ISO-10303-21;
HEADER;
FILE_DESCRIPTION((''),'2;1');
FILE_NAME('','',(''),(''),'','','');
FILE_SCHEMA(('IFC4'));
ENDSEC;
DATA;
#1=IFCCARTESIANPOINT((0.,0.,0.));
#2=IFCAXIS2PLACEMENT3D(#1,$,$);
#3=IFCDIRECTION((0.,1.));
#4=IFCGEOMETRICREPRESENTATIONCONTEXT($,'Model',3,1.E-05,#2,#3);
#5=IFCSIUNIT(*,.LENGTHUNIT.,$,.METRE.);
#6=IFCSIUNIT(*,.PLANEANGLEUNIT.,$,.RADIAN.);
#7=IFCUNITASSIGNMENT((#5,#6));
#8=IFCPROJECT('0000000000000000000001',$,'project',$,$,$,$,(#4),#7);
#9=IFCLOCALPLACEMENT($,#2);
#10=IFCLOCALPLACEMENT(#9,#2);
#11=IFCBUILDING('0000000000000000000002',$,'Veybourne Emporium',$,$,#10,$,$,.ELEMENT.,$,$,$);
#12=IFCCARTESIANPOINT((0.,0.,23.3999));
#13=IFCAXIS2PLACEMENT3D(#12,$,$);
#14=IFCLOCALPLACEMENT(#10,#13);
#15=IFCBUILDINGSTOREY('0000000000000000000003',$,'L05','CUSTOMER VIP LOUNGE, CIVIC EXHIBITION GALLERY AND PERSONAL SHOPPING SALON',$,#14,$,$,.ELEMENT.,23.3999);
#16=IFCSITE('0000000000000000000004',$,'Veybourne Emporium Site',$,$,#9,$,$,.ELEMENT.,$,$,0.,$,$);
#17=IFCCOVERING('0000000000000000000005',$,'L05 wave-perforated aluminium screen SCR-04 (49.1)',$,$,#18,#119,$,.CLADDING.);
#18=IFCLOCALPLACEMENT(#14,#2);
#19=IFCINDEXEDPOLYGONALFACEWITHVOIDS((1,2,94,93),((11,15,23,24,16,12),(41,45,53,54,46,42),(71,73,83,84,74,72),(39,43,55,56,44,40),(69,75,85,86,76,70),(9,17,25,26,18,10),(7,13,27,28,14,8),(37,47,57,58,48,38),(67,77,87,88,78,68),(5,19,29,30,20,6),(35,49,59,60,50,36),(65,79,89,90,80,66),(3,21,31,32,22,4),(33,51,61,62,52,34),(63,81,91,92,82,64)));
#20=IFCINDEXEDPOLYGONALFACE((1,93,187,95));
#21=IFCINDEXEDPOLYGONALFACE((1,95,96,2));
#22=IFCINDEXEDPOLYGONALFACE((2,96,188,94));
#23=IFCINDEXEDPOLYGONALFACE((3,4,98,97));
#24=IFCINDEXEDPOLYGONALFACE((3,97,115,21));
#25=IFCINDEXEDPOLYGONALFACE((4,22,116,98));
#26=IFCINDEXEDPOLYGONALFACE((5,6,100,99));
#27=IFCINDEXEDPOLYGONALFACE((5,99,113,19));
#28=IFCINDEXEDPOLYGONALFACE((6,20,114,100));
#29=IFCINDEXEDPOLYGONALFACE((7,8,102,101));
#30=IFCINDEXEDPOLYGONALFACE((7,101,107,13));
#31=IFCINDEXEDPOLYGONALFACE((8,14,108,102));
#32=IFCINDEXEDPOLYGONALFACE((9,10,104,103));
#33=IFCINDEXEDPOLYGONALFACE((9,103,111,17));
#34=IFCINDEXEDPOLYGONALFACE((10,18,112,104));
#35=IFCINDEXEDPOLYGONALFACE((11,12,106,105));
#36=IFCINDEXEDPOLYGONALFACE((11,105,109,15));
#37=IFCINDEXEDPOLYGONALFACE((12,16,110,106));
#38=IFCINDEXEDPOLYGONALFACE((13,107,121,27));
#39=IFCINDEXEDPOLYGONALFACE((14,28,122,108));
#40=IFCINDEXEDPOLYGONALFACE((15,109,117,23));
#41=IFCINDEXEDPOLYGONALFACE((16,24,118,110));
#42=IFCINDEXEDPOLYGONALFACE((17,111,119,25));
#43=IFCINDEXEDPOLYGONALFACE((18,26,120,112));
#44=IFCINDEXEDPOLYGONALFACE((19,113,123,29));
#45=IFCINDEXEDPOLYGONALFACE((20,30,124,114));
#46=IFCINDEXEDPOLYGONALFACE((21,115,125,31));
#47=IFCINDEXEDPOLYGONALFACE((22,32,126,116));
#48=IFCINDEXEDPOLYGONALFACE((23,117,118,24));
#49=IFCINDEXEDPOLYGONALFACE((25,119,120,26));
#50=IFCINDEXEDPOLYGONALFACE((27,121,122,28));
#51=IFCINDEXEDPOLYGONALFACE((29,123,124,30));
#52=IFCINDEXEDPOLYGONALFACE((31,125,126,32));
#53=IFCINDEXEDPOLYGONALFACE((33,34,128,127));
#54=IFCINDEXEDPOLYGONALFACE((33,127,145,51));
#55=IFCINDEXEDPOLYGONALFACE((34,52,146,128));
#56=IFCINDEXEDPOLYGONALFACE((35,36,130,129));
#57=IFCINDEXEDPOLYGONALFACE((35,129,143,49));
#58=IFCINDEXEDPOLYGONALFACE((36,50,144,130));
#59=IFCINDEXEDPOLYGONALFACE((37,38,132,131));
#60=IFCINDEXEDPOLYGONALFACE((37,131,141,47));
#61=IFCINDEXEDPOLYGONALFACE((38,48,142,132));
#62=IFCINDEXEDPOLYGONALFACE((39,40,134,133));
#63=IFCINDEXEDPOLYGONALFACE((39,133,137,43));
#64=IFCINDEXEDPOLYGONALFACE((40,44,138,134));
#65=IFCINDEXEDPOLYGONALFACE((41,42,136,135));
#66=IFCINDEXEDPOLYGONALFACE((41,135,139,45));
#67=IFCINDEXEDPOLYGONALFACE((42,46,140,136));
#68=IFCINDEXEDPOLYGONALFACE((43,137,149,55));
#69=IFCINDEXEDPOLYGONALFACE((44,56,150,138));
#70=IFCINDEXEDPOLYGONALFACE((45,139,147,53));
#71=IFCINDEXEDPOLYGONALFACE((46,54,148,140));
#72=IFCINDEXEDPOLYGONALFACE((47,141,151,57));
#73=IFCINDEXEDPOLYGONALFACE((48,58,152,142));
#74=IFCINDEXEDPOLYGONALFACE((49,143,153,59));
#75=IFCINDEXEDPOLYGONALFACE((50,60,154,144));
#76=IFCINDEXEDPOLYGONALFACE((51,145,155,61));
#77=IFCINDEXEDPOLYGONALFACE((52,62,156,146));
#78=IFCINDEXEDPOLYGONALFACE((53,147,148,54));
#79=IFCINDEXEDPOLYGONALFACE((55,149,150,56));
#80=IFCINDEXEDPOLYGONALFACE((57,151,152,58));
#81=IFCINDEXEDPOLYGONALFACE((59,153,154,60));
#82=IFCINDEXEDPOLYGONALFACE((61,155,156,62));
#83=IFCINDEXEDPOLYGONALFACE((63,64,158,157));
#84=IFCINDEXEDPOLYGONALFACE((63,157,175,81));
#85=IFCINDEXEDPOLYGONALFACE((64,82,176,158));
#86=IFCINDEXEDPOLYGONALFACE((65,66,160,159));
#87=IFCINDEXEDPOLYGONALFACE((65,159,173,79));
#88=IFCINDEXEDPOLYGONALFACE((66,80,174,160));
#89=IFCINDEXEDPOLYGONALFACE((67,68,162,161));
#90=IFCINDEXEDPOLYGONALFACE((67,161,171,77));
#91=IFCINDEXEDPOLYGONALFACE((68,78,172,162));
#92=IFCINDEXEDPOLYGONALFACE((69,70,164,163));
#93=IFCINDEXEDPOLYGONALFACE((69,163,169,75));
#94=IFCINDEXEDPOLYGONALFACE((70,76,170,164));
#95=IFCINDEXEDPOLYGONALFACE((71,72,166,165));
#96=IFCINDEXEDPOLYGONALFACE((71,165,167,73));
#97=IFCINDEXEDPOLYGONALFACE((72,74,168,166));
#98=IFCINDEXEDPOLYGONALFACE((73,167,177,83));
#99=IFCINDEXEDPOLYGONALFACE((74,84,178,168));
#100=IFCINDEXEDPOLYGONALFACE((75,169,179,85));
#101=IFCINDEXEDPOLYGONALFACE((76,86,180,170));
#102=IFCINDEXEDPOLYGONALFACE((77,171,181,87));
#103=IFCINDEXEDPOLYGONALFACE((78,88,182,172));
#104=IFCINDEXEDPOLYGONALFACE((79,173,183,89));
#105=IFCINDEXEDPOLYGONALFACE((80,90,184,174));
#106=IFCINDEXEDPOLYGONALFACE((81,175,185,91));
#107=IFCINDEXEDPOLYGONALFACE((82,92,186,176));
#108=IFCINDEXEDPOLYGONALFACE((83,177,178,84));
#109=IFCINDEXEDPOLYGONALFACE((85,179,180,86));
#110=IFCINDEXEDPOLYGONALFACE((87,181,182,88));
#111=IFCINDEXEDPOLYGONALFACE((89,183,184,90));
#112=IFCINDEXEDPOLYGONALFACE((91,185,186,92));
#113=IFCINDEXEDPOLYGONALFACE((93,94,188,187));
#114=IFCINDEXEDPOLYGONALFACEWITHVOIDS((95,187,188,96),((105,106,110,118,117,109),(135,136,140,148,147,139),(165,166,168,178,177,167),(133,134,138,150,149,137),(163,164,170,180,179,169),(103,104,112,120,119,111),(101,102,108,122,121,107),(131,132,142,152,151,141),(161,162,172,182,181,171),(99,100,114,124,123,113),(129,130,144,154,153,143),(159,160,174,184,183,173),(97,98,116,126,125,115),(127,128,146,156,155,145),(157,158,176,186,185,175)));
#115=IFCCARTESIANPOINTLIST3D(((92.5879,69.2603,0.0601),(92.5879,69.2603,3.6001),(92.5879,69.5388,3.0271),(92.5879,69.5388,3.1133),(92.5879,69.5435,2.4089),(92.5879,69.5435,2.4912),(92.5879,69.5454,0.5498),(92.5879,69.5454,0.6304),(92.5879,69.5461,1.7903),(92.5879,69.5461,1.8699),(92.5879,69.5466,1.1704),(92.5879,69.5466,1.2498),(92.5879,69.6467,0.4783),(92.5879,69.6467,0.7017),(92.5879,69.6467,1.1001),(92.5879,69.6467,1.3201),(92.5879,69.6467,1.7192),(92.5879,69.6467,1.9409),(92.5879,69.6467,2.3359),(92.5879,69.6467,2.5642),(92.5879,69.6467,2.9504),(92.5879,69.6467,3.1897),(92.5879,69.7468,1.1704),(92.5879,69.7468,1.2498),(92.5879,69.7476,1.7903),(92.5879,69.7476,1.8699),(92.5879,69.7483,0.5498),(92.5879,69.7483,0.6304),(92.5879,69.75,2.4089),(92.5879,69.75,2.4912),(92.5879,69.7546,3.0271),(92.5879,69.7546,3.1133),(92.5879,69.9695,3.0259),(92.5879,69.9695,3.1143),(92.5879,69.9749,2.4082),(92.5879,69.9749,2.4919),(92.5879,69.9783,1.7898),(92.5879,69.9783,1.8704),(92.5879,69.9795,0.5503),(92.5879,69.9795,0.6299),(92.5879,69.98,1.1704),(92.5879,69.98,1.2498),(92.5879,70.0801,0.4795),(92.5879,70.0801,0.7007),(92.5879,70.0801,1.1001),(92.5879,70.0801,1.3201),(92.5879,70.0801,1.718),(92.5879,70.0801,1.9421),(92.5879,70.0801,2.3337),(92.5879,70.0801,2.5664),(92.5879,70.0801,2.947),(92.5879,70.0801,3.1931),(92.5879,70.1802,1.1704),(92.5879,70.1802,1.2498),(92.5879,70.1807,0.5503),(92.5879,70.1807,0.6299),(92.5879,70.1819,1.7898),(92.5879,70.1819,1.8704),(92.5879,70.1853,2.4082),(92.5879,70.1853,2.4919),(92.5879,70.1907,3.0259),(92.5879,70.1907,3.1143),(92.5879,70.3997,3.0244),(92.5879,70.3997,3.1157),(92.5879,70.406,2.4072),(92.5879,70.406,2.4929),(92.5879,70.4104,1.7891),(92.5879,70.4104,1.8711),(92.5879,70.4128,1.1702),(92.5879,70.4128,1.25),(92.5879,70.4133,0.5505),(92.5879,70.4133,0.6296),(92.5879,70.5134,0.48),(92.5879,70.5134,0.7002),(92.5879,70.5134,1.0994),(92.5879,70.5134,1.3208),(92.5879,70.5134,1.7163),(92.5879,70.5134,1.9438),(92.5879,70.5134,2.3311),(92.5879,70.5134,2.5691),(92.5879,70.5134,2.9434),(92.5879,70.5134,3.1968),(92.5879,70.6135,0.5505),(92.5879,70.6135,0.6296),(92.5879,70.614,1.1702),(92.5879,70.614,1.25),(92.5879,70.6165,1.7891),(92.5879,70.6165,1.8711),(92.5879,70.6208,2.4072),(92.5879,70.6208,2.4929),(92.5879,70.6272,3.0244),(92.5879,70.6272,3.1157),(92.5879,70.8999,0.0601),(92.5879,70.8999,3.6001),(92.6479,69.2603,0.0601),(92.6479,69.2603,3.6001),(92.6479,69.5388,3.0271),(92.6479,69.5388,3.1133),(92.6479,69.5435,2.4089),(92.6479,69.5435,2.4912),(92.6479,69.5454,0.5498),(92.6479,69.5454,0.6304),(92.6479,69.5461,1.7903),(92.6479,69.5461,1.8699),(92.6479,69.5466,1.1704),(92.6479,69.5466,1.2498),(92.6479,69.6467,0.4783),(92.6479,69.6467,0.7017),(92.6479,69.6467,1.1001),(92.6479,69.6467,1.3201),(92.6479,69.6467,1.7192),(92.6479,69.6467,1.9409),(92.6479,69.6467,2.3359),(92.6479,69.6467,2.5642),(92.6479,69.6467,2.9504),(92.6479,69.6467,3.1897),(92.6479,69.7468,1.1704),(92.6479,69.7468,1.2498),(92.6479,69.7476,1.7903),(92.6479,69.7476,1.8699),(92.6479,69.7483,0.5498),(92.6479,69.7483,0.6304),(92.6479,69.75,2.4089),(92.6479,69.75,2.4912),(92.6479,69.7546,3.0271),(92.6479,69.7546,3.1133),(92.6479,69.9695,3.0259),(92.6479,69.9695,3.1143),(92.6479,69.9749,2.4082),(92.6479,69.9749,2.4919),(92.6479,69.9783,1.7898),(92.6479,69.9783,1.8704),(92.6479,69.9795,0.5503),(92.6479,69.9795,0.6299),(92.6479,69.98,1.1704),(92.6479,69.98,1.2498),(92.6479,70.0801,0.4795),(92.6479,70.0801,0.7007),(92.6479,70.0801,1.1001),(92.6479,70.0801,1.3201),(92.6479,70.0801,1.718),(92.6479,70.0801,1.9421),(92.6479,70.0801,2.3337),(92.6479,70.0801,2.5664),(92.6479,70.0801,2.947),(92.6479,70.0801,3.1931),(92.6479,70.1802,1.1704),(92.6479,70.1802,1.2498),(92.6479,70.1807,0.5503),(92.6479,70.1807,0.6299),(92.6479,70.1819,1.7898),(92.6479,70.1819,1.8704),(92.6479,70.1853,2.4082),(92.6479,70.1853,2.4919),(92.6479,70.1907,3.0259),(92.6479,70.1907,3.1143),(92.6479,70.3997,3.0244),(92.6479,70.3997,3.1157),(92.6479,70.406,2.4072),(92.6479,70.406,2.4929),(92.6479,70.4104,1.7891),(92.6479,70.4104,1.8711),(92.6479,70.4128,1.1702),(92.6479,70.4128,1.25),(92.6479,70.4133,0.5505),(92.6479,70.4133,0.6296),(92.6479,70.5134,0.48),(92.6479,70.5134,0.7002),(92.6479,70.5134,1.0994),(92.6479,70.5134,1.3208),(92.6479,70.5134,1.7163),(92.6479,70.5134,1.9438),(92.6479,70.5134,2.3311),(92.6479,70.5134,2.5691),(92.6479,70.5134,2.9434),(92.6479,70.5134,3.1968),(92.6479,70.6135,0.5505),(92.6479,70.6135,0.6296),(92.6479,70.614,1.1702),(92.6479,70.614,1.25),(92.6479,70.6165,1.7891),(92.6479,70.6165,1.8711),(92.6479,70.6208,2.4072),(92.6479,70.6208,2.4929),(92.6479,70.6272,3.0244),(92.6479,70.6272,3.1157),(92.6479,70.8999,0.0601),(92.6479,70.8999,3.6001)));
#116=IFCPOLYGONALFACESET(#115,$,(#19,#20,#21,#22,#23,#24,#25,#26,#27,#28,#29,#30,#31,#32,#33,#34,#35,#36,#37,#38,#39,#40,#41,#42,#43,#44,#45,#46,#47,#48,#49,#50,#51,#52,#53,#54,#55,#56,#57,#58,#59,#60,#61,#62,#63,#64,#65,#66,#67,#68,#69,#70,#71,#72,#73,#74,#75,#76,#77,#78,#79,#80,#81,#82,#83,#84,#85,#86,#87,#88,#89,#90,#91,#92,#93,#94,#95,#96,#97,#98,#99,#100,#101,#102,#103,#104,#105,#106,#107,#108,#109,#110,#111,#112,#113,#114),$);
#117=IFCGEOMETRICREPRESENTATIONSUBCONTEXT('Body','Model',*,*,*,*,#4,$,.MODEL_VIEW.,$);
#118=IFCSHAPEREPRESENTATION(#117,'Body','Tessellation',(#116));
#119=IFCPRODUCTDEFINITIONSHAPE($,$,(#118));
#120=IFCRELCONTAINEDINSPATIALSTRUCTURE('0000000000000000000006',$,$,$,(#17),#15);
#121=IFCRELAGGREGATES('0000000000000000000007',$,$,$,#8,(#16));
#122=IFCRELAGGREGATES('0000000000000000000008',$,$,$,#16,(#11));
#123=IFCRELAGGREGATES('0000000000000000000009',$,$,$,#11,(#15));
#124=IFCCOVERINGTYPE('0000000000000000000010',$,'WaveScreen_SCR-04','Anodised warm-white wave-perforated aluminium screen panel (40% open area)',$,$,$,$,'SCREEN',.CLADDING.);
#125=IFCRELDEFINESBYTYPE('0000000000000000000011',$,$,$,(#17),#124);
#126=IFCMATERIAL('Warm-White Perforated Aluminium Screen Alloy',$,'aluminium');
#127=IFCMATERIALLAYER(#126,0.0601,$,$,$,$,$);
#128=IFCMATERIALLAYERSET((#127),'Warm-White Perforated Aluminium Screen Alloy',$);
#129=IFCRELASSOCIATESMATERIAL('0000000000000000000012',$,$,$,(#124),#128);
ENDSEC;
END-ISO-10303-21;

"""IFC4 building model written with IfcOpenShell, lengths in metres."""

from ifc_helpers import new_model, si_unit, direction, frame, origin, place, context, subcontext, project, spatial, polyline, outline, extrude, material, layer, layer_set, type_object, element, save


model = new_model("IFC4")

# Units and contexts
model_context = context("Model", 3, precision=1e-05, world=origin(), true_north=direction((0.0, 1.0)))
body_context = subcontext(model_context, "Body", "Model", "MODEL_VIEW")
ifc_project = project(units=[si_unit("LENGTHUNIT", "METRE"), si_unit("PLANEANGLEUNIT", "RADIAN")], contexts=[model_context])

# Site, building, storey
site_placement = place(None, origin())
site = spatial("IfcSite", under=ifc_project, at=site_placement, Name="Veybourne Emporium Site", CompositionType="ELEMENT", RefElevation=0.0)
building_placement = place(site_placement, origin())
building = spatial("IfcBuilding", under=site, at=building_placement, Name="Veybourne Emporium", CompositionType="ELEMENT")
storey_placement = place(building_placement, frame((0.0, 0.0, 23.3999)))
storey = spatial("IfcBuildingStorey", under=building, at=storey_placement, Name="L05", Description="CUSTOMER VIP LOUNGE, CIVIC EXHIBITION GALLERY AND PERSONAL SHOPPING SALON", CompositionType="ELEMENT", Elevation=23.3999)

# Covering
ifc_material_1 = material(Name="Warm-White Perforated Aluminium Screen Alloy", Category="aluminium")
ifc_layer_1 = layer(ifc_material_1, 0.0601)
ifc_layer_set_1 = layer_set([ifc_layer_1], Name="Warm-White Perforated Aluminium Screen Alloy")
covering_type_1 = type_object("IfcCoveringType", Name="WaveScreen_SCR-04", Description="Anodised warm-white wave-perforated aluminium screen panel (40% open area)", ElementType="SCREEN", PredefinedType="CLADDING", material=ifc_layer_set_1)
covering_1_placement = place(storey_placement, frame((92.6479, 70.0801, 1.8301), z_axis=(-1.0, 0.0, 0.0), x_axis=(0.0, -1.0, 0.0)))
element("IfcCovering", 1, at=covering_1_placement, inside=storey, type_object=covering_type_1, Name="L05 wave-perforated aluminium screen SCR-04 (49.1)", PredefinedType="CLADDING", context=body_context, shape_type="SweptSolid", body=[
    extrude(outline(polyline([(-0.8198, -1.77), (0.8198, -1.77), (0.8198, 1.77), (-0.8198, 1.77), (-0.8198, -1.77)]), holes=[polyline([(-0.4333, -1.1299), (-0.3333, -1.2004), (-0.3333, -1.2795), (-0.4333, -1.3501), (-0.5334, -1.2795), (-0.5334, -1.2004), (-0.4333, -1.1299)]), polyline([(-0.4333, -0.5093), (-0.3328, -0.5801), (-0.3328, -0.6599), (-0.4333, -0.7307), (-0.5339, -0.6599), (-0.5339, -0.5801), (-0.4333, -0.5093)]), polyline([(-0.4333, 0.1138), (-0.3303, 0.041), (-0.3303, -0.041), (-0.4333, -0.1138), (-0.5364, -0.041), (-0.5364, 0.041), (-0.4333, 0.1138)]), polyline([(-0.4333, 0.739), (-0.3259, 0.6628), (-0.3259, 0.5771), (-0.4333, 0.501), (-0.5408, 0.5771), (-0.5408, 0.6628), (-0.4333, 0.739)]), polyline([(-0.4333, 1.3667), (-0.3196, 1.2856), (-0.3196, 1.1943), (-0.4333, 1.1133), (-0.5471, 1.1943), (-0.5471, 1.2856), (-0.4333, 1.3667)]), polyline([(0.0, -1.1294), (0.1006, -1.2002), (0.1006, -1.2798), (0.0, -1.3506), (-0.1006, -1.2798), (-0.1006, -1.2002), (0.0, -1.1294)]), polyline([(0.0, -0.51), (0.1001, -0.5803), (0.1001, -0.6597), (0.0, -0.73), (-0.1001, -0.6597), (-0.1001, -0.5803), (0.0, -0.51)]), polyline([(0.0, 0.1121), (0.1018, 0.0403), (0.1018, -0.0403), (0.0, -0.1121), (-0.1018, -0.0403), (-0.1018, 0.0403), (0.0, 0.1121)]), polyline([(0.0, 0.7363), (0.1052, 0.6619), (0.1052, 0.5781), (0.0, 0.5037), (-0.1052, 0.5781), (-0.1052, 0.6619), (0.0, 0.7363)]), polyline([(0.0, 1.363), (0.1106, 1.2842), (0.1106, 1.1958), (0.0, 1.1169), (-0.1106, 1.1958), (-0.1106, 1.2842), (0.0, 1.363)]), polyline([(0.4333, -1.1284), (0.5347, -1.1997), (0.5347, -1.2803), (0.4333, -1.3518), (0.3318, -1.2803), (0.3318, -1.1997), (0.4333, -1.1284)]), polyline([(0.4333, -0.51), (0.5334, -0.5803), (0.5334, -0.6597), (0.4333, -0.73), (0.3333, -0.6597), (0.3333, -0.5803), (0.4333, -0.51)]), polyline([(0.4333, 0.1108), (0.5339, 0.0398), (0.5339, -0.0398), (0.4333, -0.1108), (0.3325, -0.0398), (0.3325, 0.0398), (0.4333, 0.1108)]), polyline([(0.4333, 0.7341), (0.5366, 0.6611), (0.5366, 0.5789), (0.4333, 0.5059), (0.3301, 0.5789), (0.3301, 0.6611), (0.4333, 0.7341)]), polyline([(0.4333, 1.3596), (0.5413, 1.2832), (0.5413, 1.197), (0.4333, 1.1204), (0.3254, 1.197), (0.3254, 1.2832), (0.4333, 1.3596)])]), origin(), (0.0, 0.0, 1.0), 0.0601),
])

save(model, "model.ifc")
